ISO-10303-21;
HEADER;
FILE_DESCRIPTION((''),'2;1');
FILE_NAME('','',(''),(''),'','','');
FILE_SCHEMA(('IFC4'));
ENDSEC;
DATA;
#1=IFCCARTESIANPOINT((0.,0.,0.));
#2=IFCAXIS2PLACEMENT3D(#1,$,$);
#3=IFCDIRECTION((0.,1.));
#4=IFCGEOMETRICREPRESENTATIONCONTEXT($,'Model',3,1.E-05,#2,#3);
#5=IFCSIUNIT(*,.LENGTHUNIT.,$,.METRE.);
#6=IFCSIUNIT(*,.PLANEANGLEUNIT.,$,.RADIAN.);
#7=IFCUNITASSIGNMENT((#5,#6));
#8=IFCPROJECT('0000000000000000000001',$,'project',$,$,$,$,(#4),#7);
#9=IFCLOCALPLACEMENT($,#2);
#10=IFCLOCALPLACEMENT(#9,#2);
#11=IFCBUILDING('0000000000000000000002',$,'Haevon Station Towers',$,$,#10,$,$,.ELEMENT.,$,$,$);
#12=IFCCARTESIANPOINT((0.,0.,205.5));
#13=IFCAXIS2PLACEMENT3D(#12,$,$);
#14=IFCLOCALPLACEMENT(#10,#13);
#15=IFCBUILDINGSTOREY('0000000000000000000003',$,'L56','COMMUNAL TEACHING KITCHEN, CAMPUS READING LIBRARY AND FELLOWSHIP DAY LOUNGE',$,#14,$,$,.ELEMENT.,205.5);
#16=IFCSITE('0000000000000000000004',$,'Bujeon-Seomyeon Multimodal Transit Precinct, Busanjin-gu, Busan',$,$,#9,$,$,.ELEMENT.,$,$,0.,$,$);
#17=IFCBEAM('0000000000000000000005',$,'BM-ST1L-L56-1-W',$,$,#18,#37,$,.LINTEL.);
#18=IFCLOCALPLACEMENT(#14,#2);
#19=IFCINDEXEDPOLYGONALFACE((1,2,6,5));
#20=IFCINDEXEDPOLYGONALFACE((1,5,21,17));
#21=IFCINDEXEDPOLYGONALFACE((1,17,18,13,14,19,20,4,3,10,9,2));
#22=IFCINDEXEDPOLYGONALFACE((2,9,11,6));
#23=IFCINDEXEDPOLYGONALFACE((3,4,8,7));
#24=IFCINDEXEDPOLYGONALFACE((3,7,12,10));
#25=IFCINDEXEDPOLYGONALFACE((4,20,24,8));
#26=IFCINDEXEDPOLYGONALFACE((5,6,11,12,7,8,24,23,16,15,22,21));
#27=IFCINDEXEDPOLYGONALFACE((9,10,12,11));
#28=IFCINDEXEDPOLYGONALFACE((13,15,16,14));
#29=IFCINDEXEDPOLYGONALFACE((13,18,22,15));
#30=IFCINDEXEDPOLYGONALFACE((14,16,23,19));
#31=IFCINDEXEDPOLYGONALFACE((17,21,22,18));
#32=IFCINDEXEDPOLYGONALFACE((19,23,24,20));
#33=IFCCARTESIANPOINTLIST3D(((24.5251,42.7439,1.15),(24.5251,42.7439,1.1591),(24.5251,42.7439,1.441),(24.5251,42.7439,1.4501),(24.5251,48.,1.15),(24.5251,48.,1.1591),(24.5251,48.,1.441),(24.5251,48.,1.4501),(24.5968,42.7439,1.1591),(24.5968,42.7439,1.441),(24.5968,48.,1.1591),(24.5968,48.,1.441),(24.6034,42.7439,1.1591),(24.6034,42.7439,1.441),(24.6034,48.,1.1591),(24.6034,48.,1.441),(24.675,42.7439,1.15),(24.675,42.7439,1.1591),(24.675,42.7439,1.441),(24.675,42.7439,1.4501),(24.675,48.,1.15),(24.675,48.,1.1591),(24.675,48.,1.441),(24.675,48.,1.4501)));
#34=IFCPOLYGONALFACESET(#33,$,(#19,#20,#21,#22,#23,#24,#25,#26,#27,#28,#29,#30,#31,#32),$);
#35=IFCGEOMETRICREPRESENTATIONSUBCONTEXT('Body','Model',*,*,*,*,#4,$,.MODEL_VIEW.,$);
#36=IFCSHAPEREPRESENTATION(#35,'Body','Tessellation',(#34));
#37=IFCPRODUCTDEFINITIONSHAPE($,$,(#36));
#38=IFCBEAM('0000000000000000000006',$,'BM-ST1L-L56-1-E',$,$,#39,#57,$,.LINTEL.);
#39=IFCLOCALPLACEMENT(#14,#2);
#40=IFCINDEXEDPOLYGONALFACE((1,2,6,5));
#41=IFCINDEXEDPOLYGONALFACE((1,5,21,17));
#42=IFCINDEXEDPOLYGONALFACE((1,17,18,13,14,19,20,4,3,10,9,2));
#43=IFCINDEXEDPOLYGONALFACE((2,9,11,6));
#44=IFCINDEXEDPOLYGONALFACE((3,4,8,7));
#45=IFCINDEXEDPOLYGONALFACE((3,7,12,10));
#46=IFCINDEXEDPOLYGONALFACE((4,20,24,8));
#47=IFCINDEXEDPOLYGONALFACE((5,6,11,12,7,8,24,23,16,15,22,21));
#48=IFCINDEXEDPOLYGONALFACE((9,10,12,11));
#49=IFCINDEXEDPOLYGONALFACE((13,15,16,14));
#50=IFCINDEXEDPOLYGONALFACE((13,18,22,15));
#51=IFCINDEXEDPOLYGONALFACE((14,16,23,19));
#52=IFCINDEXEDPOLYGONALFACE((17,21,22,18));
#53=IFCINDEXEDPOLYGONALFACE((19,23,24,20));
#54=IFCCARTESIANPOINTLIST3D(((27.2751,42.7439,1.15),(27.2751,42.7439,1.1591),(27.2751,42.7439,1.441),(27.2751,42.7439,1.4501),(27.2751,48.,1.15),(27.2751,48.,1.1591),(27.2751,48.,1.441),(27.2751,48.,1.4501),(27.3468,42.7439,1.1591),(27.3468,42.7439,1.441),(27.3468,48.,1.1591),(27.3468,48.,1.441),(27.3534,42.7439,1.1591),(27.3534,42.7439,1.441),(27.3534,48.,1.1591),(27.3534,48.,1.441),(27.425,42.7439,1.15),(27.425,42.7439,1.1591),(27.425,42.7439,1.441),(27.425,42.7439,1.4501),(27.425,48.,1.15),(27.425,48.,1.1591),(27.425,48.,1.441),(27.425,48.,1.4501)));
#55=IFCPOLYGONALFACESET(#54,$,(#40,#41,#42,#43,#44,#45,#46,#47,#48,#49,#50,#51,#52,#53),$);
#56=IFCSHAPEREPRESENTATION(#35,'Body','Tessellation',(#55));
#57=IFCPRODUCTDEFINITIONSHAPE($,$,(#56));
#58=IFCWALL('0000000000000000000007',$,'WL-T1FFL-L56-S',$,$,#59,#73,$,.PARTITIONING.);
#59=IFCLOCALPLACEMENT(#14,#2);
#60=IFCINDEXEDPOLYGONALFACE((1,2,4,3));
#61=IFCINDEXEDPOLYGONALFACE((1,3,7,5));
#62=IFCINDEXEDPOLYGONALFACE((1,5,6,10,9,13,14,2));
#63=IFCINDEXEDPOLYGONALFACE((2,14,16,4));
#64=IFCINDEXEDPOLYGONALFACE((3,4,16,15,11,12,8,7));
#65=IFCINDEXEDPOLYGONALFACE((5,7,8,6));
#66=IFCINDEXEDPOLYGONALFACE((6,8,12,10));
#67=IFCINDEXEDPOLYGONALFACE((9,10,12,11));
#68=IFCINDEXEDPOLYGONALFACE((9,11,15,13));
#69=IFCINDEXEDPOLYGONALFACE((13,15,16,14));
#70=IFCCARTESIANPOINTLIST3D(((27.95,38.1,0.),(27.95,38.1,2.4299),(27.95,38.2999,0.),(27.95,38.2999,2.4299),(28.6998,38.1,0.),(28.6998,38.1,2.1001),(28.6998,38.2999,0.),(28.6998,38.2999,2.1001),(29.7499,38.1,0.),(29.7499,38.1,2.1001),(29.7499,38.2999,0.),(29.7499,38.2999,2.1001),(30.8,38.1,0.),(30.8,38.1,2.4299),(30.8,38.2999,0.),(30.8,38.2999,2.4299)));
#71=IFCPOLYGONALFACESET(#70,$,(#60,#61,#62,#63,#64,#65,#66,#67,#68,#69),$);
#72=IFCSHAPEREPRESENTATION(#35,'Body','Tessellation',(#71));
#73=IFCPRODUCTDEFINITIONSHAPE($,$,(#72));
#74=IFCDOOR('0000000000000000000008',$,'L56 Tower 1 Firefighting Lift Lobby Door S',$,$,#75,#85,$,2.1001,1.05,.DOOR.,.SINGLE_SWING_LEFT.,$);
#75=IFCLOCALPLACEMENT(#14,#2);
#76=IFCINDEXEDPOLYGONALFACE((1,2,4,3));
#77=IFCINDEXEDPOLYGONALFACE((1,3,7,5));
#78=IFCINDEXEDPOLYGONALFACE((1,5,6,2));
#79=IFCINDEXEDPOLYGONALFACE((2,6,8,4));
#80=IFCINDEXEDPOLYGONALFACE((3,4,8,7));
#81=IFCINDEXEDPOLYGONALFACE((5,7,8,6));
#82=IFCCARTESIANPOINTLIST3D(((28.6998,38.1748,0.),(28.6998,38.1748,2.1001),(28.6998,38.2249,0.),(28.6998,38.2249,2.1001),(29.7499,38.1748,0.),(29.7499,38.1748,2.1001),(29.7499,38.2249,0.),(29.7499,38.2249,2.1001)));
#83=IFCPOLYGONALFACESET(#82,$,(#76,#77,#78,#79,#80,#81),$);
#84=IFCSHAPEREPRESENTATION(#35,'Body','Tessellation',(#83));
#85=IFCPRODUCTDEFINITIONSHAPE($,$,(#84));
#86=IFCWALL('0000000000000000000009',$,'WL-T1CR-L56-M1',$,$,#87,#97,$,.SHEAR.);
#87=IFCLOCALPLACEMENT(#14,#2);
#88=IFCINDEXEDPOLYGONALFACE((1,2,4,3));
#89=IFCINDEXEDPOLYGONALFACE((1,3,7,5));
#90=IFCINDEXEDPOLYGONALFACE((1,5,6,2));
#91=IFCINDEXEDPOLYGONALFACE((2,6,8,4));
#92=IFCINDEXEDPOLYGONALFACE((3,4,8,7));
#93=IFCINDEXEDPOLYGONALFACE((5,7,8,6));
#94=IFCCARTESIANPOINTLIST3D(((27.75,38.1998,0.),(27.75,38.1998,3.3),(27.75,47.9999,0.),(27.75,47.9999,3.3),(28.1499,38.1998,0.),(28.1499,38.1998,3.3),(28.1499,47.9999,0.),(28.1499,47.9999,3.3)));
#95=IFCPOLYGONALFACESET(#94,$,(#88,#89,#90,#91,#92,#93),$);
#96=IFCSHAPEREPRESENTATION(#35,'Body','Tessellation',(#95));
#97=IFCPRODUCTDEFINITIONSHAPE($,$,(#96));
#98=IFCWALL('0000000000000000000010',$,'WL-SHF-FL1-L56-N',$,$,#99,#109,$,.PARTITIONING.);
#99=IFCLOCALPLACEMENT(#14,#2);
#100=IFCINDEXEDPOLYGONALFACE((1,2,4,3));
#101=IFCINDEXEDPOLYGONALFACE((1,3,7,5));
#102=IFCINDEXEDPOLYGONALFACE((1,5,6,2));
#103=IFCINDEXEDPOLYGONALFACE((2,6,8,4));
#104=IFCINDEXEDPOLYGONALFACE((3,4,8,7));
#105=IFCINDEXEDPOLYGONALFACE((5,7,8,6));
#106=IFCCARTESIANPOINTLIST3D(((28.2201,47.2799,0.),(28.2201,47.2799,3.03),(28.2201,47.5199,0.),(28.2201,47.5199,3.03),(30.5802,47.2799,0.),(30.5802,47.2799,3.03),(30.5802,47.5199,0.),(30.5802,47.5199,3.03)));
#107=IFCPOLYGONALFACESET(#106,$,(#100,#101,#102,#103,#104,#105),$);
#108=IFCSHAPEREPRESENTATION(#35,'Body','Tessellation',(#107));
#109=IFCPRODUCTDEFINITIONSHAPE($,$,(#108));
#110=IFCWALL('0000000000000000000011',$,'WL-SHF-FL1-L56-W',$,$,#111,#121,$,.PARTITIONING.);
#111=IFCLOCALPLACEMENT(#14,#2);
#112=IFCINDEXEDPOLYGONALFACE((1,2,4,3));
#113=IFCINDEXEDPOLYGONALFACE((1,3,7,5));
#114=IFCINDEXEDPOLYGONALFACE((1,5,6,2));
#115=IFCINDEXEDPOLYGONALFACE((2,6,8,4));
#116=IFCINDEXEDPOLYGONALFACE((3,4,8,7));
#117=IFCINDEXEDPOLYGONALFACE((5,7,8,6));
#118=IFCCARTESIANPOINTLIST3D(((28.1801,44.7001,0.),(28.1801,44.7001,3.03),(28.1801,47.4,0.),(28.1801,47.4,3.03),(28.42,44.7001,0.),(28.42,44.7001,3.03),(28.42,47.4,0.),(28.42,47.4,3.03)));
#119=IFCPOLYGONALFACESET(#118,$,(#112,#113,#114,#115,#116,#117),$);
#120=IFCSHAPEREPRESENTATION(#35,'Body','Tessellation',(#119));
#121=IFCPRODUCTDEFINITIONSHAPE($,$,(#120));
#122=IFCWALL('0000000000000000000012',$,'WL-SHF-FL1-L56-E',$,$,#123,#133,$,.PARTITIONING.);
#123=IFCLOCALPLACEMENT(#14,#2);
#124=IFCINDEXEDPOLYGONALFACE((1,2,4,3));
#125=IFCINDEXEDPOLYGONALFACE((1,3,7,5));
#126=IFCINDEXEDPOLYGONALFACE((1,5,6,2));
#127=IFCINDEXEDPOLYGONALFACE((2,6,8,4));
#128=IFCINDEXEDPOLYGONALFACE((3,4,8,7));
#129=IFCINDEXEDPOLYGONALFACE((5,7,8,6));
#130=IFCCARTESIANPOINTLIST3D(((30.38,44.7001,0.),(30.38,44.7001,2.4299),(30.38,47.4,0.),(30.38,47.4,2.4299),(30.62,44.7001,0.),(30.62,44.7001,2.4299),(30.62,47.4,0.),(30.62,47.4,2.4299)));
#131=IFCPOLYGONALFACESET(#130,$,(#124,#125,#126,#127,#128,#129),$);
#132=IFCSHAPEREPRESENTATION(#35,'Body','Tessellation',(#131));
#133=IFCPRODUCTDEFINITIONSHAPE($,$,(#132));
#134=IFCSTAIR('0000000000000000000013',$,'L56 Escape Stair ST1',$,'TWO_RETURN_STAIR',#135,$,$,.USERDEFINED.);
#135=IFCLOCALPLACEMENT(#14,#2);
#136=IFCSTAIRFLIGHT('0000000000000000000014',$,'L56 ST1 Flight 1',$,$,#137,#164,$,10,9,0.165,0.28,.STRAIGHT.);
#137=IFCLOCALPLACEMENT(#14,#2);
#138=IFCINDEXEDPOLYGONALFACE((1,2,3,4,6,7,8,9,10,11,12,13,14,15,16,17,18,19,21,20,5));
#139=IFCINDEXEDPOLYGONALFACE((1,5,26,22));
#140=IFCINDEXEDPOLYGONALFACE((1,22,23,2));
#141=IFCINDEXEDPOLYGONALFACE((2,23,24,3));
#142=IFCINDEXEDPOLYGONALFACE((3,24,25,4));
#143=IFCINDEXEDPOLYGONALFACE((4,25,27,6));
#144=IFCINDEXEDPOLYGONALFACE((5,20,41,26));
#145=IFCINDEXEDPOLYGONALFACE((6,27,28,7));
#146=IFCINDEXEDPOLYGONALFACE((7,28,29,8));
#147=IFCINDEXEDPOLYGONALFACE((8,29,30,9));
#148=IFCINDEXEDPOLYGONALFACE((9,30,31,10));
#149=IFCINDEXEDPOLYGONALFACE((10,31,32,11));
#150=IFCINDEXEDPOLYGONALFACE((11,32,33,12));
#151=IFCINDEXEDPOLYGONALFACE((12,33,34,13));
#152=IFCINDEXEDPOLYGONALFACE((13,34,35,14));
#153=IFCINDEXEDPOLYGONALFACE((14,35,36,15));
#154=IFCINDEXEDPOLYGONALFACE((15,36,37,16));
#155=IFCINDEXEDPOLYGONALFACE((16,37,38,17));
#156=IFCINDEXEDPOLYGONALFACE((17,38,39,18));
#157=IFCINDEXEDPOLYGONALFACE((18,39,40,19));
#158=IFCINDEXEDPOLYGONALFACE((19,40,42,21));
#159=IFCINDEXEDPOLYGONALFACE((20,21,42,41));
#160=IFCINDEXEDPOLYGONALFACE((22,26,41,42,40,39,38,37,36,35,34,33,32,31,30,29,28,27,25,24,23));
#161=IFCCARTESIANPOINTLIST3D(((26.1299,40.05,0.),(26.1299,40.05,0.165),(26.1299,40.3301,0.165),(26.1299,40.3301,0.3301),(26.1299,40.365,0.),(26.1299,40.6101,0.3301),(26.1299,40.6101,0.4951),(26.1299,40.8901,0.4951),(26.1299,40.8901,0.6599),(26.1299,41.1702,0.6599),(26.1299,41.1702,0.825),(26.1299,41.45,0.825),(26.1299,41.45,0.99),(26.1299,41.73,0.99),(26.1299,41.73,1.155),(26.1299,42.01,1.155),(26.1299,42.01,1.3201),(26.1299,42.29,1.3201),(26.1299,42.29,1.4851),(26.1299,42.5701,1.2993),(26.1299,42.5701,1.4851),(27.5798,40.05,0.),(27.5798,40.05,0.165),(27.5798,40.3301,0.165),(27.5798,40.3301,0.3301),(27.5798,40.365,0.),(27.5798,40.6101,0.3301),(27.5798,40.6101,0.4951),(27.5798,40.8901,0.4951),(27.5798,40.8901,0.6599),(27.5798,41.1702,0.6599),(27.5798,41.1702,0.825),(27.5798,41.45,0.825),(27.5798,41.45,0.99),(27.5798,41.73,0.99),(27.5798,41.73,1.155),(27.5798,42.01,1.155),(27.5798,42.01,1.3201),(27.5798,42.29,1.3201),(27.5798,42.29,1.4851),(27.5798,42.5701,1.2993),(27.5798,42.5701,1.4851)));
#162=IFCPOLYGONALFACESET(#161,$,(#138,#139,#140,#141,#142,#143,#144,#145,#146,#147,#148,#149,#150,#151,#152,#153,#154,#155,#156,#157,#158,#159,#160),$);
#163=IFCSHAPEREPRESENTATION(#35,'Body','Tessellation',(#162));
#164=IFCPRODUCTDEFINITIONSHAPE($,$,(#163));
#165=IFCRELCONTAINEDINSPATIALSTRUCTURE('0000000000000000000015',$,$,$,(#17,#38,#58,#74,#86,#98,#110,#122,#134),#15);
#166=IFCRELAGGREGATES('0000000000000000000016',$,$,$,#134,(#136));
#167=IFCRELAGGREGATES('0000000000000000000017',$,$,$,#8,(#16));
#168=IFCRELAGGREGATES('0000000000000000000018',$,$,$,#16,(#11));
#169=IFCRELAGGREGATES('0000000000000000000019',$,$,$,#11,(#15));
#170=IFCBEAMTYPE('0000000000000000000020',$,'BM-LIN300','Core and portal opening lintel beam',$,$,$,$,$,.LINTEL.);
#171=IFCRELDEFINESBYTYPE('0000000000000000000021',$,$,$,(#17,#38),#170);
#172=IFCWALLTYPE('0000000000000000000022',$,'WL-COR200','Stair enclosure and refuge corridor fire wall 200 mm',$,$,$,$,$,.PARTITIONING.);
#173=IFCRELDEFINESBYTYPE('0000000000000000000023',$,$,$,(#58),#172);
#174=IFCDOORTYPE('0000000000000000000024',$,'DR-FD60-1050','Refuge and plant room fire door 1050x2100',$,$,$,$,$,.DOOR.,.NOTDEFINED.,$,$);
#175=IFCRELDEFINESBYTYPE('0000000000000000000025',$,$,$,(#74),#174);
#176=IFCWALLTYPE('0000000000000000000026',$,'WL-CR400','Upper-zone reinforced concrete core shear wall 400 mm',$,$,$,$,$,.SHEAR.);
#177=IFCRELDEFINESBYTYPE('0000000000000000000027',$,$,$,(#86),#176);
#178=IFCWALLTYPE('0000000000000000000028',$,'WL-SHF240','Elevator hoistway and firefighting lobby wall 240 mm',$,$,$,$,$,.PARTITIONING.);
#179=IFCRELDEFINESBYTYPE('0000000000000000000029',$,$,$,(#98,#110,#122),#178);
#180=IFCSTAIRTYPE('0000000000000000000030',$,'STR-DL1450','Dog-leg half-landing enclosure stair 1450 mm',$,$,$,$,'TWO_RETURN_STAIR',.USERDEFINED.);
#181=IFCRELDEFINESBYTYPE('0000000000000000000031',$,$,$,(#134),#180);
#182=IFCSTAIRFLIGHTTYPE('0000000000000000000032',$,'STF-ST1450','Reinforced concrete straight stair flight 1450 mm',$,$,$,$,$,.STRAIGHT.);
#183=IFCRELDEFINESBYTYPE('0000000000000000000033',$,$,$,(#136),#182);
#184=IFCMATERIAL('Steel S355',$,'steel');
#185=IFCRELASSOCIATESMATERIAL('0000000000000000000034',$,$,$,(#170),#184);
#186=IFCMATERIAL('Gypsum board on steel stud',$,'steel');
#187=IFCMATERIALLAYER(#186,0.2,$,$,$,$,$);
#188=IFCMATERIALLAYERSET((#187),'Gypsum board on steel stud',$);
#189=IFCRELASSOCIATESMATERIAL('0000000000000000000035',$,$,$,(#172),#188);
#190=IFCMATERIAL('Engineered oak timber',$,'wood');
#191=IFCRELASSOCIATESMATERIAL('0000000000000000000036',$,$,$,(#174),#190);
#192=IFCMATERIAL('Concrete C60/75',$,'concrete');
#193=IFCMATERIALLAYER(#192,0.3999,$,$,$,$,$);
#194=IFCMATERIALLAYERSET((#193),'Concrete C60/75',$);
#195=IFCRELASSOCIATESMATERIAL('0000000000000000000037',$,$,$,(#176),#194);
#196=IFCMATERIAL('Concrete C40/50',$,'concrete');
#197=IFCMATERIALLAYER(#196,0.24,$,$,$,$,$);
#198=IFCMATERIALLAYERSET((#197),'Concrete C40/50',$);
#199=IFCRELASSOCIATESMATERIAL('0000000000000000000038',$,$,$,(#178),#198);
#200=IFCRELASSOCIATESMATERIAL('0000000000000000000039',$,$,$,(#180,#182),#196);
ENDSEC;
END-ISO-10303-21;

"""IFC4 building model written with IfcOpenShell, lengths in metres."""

from ifc_helpers import new_model, si_unit, direction, frame, frame_2d, origin, origin_2d, place, context, subcontext, project, spatial, polyline, rectangle, i_section, outline, extrude, material, layer, layer_set, material_profile, profile_set, type_object, element, fill, aggregate, save


model = new_model("IFC4")

# Units and contexts
model_context = context("Model", 3, precision=1e-05, world=origin(), true_north=direction((0.0, 1.0)))
body_context = subcontext(model_context, "Body", "Model", "MODEL_VIEW")
ifc_project = project(units=[si_unit("LENGTHUNIT", "METRE"), si_unit("PLANEANGLEUNIT", "RADIAN")], contexts=[model_context])

# Site, building, storey
site_placement = place(None, origin())
site = spatial("IfcSite", under=ifc_project, at=site_placement, Name="Bujeon-Seomyeon Multimodal Transit Precinct, Busanjin-gu, Busan", CompositionType="ELEMENT", RefElevation=0.0)
building_placement = place(site_placement, origin())
building = spatial("IfcBuilding", under=site, at=building_placement, Name="Haevon Station Towers", CompositionType="ELEMENT")
storey_placement = place(building_placement, frame((0.0, 0.0, 205.5)))
storey = spatial("IfcBuildingStorey", under=building, at=storey_placement, Name="L56", Description="COMMUNAL TEACHING KITCHEN, CAMPUS READING LIBRARY AND FELLOWSHIP DAY LOUNGE", CompositionType="ELEMENT", Elevation=205.5)

# Beams
ifc_material_1 = material(Name="Steel S355", Category="steel")
ifc_material_profile = material_profile(ifc_material_1, i_section(OverallWidth=0.1499, OverallDepth=0.3, WebThickness=0.0066, FlangeThickness=0.009, at=origin_2d()), Name="H-300x150x6.5x9")
ifc_profile_set = profile_set([ifc_material_profile], Name="Steel S355")
beam_type = type_object("IfcBeamType", Name="BM-LIN300", Description="Core and portal opening lintel beam", PredefinedType="LINTEL", material=ifc_profile_set)
for number, where, z_axis, x_axis, name in (
    (1, (24.6001, 42.7439, 1.3), (0.0, 1.0, 0.0), (-1.0, 0.0, 0.0), "BM-ST1L-L56-1-W"),
    (2, (27.3501, 42.7439, 1.3), (0.0, 1.0, 0.0), (-1.0, 0.0, 0.0), "BM-ST1L-L56-1-E"),
):
    element("IfcBeam", number, at=place(storey_placement, frame(where, z_axis=z_axis, x_axis=x_axis)), inside=storey, type_object=beam_type, Name=name, PredefinedType="LINTEL", context=body_context, shape_type="SweptSolid", body=[
        extrude(i_section(OverallWidth=0.1499, OverallDepth=0.3, WebThickness=0.0066, FlangeThickness=0.009, at=origin_2d()), origin(), (0.0, 0.0, 1.0), 5.2561),
    ])

# Wall, opening, door
ifc_material_2 = material(Name="Gypsum board on steel stud", Category="steel")
ifc_layer_1 = layer(ifc_material_2, 0.2)
ifc_layer_set_1 = layer_set([ifc_layer_1], Name="Gypsum board on steel stud")
wall_type_1 = type_object("IfcWallType", Name="WL-COR200", Description="Stair enclosure and refuge corridor fire wall 200 mm", PredefinedType="PARTITIONING", material=ifc_layer_set_1)
wall_1_placement = place(storey_placement, frame((27.95, 38.2, 0.0), z_axis=(0.0, 0.0, 1.0), x_axis=(1.0, 0.0, 0.0)))
wall_1 = element("IfcWall", 3, at=wall_1_placement, inside=storey, type_object=wall_type_1, Name="WL-T1FFL-L56-S", PredefinedType="PARTITIONING", context=body_context, shape_type="SweptSolid", body=[
    extrude(rectangle(XDim=2.8501, YDim=0.2, at=frame_2d((1.425, 0.0))), origin(), (0.0, 0.0, 1.0), 2.4299),
])
opening_1_placement = place(wall_1_placement, frame((0.75, 0.0, 0.0)))
opening_1 = element("IfcOpeningElement", 4, at=opening_1_placement, cuts=wall_1, PredefinedType="OPENING", context=body_context, shape_type="SweptSolid", body=[
    extrude(rectangle(XDim=1.05, YDim=2.1001, at=frame_2d((0.5249, 1.05))), frame((0.0, 0.1099, 0.0), z_axis=(0.0, -1.0, 0.0), x_axis=(1.0, 0.0, 0.0)), (0.0, 0.0, 1.0), 0.22),
])
ifc_material_3 = material(Name="Engineered oak timber", Category="wood")
door_type_1 = type_object("IfcDoorType", Name="DR-FD60-1050", Description="Refuge and plant room fire door 1050x2100", OperationType="NOTDEFINED", PredefinedType="DOOR", material=ifc_material_3)
door_1_placement = place(opening_1_placement, origin())
door_1 = element("IfcDoor", 5, at=door_1_placement, inside=storey, type_object=door_type_1, Name="L56 Tower 1 Firefighting Lift Lobby Door S", OperationType="SINGLE_SWING_LEFT", OverallHeight=2.1001, OverallWidth=1.05, PredefinedType="DOOR", context=body_context, shape_type="SweptSolid", body=[
    extrude(rectangle(XDim=1.05, YDim=2.1001, at=frame_2d((0.5249, 1.05))), frame((0.0, 0.0249, 0.0), z_axis=(0.0, -1.0, 0.0), x_axis=(1.0, 0.0, 0.0)), (0.0, 0.0, 1.0), 0.05),
])
fill(opening_1, door_1)

# Wall
ifc_material_4 = material(Name="Concrete C60/75", Category="concrete")
ifc_layer_2 = layer(ifc_material_4, 0.3999)
ifc_layer_set_2 = layer_set([ifc_layer_2], Name="Concrete C60/75")
wall_type_2 = type_object("IfcWallType", Name="WL-CR400", Description="Upper-zone reinforced concrete core shear wall 400 mm", PredefinedType="SHEAR", material=ifc_layer_set_2)
wall_2_placement = place(storey_placement, frame((27.95, 38.2, 0.0), z_axis=(0.0, 0.0, 1.0), x_axis=(0.0, 1.0, 0.0)))
element("IfcWall", 6, at=wall_2_placement, inside=storey, type_object=wall_type_2, Name="WL-T1CR-L56-M1", PredefinedType="SHEAR", context=body_context, shape_type="SweptSolid", body=[
    extrude(rectangle(XDim=9.8, YDim=0.3999, at=frame_2d((4.8999, 0.0))), origin(), (0.0, 0.0, 1.0), 3.3),
])

# Shared definitions
ifc_material_5 = material(Name="Concrete C40/50", Category="concrete")
ifc_layer_3 = layer(ifc_material_5, 0.24)
ifc_layer_set_3 = layer_set([ifc_layer_3], Name="Concrete C40/50")
wall_type_3 = type_object("IfcWallType", Name="WL-SHF240", Description="Elevator hoistway and firefighting lobby wall 240 mm", PredefinedType="PARTITIONING", material=ifc_layer_set_3)

# Walls
wall_3_placement = place(storey_placement, frame((28.22, 47.3999, 0.0), z_axis=(0.0, 0.0, 1.0), x_axis=(1.0, 0.0, 0.0)))
element("IfcWall", 7, at=wall_3_placement, inside=storey, type_object=wall_type_3, Name="WL-SHF-FL1-L56-N", PredefinedType="PARTITIONING", context=body_context, shape_type="SweptSolid", body=[
    extrude(rectangle(XDim=2.3601, YDim=0.24, at=frame_2d((1.1802, 0.0))), origin(), (0.0, 0.0, 1.0), 3.03),
])
wall_4_placement = place(storey_placement, frame((28.3, 44.7, 0.0), z_axis=(0.0, 0.0, 1.0), x_axis=(0.0, 1.0, 0.0)))
element("IfcWall", 8, at=wall_4_placement, inside=storey, type_object=wall_type_3, Name="WL-SHF-FL1-L56-W", PredefinedType="PARTITIONING", context=body_context, shape_type="SweptSolid", body=[
    extrude(rectangle(XDim=2.7, YDim=0.24, at=frame_2d((1.3501, 0.0))), origin(), (0.0, 0.0, 1.0), 3.03),
])
wall_5_placement = place(storey_placement, frame((30.5, 44.7, 0.0), z_axis=(0.0, 0.0, 1.0), x_axis=(0.0, 1.0, 0.0)))
element("IfcWall", 9, at=wall_5_placement, inside=storey, type_object=wall_type_3, Name="WL-SHF-FL1-L56-E", PredefinedType="PARTITIONING", context=body_context, shape_type="SweptSolid", body=[
    extrude(rectangle(XDim=2.7, YDim=0.24, at=frame_2d((1.3501, 0.0))), origin(), (0.0, 0.0, 1.0), 2.4299),
])

# Stair, stair flight
stair_type = type_object("IfcStairType", Name="STR-DL1450", Description="Dog-leg half-landing enclosure stair 1450 mm", ElementType="TWO_RETURN_STAIR", PredefinedType="USERDEFINED", material=ifc_material_5)
stair_placement = place(storey_placement, origin())
stair = element("IfcStair", 10, at=stair_placement, inside=storey, type_object=stair_type, Name="L56 Escape Stair ST1", ObjectType="TWO_RETURN_STAIR", PredefinedType="USERDEFINED")
stair_flight_type = type_object("IfcStairFlightType", Name="STF-ST1450", Description="Reinforced concrete straight stair flight 1450 mm", PredefinedType="STRAIGHT", material=ifc_material_5)
stair_flight_1_placement = place(storey_placement, frame((26.855, 40.05, 0.0), z_axis=(0.0, 0.0, 1.0), x_axis=(0.0, 1.0, 0.0)))
stair_flight_1 = element("IfcStairFlight", 11, at=stair_flight_1_placement, type_object=stair_flight_type, Name="L56 ST1 Flight 1", NumberOfRisers=10, NumberOfTreads=9, PredefinedType="STRAIGHT", RiserHeight=0.165, TreadLength=0.28, context=body_context, shape_type="SweptSolid", body=[
    extrude(outline(polyline([(0.0, 0.0), (0.0, 0.165), (0.28, 0.165), (0.28, 0.3301), (0.5601, 0.3301), (0.5601, 0.4951), (0.8401, 0.4951), (0.8401, 0.6599), (1.1201, 0.6599), (1.1201, 0.825), (1.3999, 0.825), (1.3999, 0.99), (1.6799, 0.99), (1.6799, 1.155), (1.96, 1.155), (1.96, 1.3201), (2.24, 1.3201), (2.24, 1.4851), (2.52, 1.4851), (2.52, 1.6499), (2.52, 1.2993), (0.3149, 0.0), (0.0, 0.0)])), frame((0.0, 0.7251, 0.0), z_axis=(0.0, -1.0, 0.0), x_axis=(1.0, 0.0, 0.0)), (0.0, 0.0, 1.0), 1.45),
])
aggregate(stair, [stair_flight_1])

save(model, "model.ifc")
